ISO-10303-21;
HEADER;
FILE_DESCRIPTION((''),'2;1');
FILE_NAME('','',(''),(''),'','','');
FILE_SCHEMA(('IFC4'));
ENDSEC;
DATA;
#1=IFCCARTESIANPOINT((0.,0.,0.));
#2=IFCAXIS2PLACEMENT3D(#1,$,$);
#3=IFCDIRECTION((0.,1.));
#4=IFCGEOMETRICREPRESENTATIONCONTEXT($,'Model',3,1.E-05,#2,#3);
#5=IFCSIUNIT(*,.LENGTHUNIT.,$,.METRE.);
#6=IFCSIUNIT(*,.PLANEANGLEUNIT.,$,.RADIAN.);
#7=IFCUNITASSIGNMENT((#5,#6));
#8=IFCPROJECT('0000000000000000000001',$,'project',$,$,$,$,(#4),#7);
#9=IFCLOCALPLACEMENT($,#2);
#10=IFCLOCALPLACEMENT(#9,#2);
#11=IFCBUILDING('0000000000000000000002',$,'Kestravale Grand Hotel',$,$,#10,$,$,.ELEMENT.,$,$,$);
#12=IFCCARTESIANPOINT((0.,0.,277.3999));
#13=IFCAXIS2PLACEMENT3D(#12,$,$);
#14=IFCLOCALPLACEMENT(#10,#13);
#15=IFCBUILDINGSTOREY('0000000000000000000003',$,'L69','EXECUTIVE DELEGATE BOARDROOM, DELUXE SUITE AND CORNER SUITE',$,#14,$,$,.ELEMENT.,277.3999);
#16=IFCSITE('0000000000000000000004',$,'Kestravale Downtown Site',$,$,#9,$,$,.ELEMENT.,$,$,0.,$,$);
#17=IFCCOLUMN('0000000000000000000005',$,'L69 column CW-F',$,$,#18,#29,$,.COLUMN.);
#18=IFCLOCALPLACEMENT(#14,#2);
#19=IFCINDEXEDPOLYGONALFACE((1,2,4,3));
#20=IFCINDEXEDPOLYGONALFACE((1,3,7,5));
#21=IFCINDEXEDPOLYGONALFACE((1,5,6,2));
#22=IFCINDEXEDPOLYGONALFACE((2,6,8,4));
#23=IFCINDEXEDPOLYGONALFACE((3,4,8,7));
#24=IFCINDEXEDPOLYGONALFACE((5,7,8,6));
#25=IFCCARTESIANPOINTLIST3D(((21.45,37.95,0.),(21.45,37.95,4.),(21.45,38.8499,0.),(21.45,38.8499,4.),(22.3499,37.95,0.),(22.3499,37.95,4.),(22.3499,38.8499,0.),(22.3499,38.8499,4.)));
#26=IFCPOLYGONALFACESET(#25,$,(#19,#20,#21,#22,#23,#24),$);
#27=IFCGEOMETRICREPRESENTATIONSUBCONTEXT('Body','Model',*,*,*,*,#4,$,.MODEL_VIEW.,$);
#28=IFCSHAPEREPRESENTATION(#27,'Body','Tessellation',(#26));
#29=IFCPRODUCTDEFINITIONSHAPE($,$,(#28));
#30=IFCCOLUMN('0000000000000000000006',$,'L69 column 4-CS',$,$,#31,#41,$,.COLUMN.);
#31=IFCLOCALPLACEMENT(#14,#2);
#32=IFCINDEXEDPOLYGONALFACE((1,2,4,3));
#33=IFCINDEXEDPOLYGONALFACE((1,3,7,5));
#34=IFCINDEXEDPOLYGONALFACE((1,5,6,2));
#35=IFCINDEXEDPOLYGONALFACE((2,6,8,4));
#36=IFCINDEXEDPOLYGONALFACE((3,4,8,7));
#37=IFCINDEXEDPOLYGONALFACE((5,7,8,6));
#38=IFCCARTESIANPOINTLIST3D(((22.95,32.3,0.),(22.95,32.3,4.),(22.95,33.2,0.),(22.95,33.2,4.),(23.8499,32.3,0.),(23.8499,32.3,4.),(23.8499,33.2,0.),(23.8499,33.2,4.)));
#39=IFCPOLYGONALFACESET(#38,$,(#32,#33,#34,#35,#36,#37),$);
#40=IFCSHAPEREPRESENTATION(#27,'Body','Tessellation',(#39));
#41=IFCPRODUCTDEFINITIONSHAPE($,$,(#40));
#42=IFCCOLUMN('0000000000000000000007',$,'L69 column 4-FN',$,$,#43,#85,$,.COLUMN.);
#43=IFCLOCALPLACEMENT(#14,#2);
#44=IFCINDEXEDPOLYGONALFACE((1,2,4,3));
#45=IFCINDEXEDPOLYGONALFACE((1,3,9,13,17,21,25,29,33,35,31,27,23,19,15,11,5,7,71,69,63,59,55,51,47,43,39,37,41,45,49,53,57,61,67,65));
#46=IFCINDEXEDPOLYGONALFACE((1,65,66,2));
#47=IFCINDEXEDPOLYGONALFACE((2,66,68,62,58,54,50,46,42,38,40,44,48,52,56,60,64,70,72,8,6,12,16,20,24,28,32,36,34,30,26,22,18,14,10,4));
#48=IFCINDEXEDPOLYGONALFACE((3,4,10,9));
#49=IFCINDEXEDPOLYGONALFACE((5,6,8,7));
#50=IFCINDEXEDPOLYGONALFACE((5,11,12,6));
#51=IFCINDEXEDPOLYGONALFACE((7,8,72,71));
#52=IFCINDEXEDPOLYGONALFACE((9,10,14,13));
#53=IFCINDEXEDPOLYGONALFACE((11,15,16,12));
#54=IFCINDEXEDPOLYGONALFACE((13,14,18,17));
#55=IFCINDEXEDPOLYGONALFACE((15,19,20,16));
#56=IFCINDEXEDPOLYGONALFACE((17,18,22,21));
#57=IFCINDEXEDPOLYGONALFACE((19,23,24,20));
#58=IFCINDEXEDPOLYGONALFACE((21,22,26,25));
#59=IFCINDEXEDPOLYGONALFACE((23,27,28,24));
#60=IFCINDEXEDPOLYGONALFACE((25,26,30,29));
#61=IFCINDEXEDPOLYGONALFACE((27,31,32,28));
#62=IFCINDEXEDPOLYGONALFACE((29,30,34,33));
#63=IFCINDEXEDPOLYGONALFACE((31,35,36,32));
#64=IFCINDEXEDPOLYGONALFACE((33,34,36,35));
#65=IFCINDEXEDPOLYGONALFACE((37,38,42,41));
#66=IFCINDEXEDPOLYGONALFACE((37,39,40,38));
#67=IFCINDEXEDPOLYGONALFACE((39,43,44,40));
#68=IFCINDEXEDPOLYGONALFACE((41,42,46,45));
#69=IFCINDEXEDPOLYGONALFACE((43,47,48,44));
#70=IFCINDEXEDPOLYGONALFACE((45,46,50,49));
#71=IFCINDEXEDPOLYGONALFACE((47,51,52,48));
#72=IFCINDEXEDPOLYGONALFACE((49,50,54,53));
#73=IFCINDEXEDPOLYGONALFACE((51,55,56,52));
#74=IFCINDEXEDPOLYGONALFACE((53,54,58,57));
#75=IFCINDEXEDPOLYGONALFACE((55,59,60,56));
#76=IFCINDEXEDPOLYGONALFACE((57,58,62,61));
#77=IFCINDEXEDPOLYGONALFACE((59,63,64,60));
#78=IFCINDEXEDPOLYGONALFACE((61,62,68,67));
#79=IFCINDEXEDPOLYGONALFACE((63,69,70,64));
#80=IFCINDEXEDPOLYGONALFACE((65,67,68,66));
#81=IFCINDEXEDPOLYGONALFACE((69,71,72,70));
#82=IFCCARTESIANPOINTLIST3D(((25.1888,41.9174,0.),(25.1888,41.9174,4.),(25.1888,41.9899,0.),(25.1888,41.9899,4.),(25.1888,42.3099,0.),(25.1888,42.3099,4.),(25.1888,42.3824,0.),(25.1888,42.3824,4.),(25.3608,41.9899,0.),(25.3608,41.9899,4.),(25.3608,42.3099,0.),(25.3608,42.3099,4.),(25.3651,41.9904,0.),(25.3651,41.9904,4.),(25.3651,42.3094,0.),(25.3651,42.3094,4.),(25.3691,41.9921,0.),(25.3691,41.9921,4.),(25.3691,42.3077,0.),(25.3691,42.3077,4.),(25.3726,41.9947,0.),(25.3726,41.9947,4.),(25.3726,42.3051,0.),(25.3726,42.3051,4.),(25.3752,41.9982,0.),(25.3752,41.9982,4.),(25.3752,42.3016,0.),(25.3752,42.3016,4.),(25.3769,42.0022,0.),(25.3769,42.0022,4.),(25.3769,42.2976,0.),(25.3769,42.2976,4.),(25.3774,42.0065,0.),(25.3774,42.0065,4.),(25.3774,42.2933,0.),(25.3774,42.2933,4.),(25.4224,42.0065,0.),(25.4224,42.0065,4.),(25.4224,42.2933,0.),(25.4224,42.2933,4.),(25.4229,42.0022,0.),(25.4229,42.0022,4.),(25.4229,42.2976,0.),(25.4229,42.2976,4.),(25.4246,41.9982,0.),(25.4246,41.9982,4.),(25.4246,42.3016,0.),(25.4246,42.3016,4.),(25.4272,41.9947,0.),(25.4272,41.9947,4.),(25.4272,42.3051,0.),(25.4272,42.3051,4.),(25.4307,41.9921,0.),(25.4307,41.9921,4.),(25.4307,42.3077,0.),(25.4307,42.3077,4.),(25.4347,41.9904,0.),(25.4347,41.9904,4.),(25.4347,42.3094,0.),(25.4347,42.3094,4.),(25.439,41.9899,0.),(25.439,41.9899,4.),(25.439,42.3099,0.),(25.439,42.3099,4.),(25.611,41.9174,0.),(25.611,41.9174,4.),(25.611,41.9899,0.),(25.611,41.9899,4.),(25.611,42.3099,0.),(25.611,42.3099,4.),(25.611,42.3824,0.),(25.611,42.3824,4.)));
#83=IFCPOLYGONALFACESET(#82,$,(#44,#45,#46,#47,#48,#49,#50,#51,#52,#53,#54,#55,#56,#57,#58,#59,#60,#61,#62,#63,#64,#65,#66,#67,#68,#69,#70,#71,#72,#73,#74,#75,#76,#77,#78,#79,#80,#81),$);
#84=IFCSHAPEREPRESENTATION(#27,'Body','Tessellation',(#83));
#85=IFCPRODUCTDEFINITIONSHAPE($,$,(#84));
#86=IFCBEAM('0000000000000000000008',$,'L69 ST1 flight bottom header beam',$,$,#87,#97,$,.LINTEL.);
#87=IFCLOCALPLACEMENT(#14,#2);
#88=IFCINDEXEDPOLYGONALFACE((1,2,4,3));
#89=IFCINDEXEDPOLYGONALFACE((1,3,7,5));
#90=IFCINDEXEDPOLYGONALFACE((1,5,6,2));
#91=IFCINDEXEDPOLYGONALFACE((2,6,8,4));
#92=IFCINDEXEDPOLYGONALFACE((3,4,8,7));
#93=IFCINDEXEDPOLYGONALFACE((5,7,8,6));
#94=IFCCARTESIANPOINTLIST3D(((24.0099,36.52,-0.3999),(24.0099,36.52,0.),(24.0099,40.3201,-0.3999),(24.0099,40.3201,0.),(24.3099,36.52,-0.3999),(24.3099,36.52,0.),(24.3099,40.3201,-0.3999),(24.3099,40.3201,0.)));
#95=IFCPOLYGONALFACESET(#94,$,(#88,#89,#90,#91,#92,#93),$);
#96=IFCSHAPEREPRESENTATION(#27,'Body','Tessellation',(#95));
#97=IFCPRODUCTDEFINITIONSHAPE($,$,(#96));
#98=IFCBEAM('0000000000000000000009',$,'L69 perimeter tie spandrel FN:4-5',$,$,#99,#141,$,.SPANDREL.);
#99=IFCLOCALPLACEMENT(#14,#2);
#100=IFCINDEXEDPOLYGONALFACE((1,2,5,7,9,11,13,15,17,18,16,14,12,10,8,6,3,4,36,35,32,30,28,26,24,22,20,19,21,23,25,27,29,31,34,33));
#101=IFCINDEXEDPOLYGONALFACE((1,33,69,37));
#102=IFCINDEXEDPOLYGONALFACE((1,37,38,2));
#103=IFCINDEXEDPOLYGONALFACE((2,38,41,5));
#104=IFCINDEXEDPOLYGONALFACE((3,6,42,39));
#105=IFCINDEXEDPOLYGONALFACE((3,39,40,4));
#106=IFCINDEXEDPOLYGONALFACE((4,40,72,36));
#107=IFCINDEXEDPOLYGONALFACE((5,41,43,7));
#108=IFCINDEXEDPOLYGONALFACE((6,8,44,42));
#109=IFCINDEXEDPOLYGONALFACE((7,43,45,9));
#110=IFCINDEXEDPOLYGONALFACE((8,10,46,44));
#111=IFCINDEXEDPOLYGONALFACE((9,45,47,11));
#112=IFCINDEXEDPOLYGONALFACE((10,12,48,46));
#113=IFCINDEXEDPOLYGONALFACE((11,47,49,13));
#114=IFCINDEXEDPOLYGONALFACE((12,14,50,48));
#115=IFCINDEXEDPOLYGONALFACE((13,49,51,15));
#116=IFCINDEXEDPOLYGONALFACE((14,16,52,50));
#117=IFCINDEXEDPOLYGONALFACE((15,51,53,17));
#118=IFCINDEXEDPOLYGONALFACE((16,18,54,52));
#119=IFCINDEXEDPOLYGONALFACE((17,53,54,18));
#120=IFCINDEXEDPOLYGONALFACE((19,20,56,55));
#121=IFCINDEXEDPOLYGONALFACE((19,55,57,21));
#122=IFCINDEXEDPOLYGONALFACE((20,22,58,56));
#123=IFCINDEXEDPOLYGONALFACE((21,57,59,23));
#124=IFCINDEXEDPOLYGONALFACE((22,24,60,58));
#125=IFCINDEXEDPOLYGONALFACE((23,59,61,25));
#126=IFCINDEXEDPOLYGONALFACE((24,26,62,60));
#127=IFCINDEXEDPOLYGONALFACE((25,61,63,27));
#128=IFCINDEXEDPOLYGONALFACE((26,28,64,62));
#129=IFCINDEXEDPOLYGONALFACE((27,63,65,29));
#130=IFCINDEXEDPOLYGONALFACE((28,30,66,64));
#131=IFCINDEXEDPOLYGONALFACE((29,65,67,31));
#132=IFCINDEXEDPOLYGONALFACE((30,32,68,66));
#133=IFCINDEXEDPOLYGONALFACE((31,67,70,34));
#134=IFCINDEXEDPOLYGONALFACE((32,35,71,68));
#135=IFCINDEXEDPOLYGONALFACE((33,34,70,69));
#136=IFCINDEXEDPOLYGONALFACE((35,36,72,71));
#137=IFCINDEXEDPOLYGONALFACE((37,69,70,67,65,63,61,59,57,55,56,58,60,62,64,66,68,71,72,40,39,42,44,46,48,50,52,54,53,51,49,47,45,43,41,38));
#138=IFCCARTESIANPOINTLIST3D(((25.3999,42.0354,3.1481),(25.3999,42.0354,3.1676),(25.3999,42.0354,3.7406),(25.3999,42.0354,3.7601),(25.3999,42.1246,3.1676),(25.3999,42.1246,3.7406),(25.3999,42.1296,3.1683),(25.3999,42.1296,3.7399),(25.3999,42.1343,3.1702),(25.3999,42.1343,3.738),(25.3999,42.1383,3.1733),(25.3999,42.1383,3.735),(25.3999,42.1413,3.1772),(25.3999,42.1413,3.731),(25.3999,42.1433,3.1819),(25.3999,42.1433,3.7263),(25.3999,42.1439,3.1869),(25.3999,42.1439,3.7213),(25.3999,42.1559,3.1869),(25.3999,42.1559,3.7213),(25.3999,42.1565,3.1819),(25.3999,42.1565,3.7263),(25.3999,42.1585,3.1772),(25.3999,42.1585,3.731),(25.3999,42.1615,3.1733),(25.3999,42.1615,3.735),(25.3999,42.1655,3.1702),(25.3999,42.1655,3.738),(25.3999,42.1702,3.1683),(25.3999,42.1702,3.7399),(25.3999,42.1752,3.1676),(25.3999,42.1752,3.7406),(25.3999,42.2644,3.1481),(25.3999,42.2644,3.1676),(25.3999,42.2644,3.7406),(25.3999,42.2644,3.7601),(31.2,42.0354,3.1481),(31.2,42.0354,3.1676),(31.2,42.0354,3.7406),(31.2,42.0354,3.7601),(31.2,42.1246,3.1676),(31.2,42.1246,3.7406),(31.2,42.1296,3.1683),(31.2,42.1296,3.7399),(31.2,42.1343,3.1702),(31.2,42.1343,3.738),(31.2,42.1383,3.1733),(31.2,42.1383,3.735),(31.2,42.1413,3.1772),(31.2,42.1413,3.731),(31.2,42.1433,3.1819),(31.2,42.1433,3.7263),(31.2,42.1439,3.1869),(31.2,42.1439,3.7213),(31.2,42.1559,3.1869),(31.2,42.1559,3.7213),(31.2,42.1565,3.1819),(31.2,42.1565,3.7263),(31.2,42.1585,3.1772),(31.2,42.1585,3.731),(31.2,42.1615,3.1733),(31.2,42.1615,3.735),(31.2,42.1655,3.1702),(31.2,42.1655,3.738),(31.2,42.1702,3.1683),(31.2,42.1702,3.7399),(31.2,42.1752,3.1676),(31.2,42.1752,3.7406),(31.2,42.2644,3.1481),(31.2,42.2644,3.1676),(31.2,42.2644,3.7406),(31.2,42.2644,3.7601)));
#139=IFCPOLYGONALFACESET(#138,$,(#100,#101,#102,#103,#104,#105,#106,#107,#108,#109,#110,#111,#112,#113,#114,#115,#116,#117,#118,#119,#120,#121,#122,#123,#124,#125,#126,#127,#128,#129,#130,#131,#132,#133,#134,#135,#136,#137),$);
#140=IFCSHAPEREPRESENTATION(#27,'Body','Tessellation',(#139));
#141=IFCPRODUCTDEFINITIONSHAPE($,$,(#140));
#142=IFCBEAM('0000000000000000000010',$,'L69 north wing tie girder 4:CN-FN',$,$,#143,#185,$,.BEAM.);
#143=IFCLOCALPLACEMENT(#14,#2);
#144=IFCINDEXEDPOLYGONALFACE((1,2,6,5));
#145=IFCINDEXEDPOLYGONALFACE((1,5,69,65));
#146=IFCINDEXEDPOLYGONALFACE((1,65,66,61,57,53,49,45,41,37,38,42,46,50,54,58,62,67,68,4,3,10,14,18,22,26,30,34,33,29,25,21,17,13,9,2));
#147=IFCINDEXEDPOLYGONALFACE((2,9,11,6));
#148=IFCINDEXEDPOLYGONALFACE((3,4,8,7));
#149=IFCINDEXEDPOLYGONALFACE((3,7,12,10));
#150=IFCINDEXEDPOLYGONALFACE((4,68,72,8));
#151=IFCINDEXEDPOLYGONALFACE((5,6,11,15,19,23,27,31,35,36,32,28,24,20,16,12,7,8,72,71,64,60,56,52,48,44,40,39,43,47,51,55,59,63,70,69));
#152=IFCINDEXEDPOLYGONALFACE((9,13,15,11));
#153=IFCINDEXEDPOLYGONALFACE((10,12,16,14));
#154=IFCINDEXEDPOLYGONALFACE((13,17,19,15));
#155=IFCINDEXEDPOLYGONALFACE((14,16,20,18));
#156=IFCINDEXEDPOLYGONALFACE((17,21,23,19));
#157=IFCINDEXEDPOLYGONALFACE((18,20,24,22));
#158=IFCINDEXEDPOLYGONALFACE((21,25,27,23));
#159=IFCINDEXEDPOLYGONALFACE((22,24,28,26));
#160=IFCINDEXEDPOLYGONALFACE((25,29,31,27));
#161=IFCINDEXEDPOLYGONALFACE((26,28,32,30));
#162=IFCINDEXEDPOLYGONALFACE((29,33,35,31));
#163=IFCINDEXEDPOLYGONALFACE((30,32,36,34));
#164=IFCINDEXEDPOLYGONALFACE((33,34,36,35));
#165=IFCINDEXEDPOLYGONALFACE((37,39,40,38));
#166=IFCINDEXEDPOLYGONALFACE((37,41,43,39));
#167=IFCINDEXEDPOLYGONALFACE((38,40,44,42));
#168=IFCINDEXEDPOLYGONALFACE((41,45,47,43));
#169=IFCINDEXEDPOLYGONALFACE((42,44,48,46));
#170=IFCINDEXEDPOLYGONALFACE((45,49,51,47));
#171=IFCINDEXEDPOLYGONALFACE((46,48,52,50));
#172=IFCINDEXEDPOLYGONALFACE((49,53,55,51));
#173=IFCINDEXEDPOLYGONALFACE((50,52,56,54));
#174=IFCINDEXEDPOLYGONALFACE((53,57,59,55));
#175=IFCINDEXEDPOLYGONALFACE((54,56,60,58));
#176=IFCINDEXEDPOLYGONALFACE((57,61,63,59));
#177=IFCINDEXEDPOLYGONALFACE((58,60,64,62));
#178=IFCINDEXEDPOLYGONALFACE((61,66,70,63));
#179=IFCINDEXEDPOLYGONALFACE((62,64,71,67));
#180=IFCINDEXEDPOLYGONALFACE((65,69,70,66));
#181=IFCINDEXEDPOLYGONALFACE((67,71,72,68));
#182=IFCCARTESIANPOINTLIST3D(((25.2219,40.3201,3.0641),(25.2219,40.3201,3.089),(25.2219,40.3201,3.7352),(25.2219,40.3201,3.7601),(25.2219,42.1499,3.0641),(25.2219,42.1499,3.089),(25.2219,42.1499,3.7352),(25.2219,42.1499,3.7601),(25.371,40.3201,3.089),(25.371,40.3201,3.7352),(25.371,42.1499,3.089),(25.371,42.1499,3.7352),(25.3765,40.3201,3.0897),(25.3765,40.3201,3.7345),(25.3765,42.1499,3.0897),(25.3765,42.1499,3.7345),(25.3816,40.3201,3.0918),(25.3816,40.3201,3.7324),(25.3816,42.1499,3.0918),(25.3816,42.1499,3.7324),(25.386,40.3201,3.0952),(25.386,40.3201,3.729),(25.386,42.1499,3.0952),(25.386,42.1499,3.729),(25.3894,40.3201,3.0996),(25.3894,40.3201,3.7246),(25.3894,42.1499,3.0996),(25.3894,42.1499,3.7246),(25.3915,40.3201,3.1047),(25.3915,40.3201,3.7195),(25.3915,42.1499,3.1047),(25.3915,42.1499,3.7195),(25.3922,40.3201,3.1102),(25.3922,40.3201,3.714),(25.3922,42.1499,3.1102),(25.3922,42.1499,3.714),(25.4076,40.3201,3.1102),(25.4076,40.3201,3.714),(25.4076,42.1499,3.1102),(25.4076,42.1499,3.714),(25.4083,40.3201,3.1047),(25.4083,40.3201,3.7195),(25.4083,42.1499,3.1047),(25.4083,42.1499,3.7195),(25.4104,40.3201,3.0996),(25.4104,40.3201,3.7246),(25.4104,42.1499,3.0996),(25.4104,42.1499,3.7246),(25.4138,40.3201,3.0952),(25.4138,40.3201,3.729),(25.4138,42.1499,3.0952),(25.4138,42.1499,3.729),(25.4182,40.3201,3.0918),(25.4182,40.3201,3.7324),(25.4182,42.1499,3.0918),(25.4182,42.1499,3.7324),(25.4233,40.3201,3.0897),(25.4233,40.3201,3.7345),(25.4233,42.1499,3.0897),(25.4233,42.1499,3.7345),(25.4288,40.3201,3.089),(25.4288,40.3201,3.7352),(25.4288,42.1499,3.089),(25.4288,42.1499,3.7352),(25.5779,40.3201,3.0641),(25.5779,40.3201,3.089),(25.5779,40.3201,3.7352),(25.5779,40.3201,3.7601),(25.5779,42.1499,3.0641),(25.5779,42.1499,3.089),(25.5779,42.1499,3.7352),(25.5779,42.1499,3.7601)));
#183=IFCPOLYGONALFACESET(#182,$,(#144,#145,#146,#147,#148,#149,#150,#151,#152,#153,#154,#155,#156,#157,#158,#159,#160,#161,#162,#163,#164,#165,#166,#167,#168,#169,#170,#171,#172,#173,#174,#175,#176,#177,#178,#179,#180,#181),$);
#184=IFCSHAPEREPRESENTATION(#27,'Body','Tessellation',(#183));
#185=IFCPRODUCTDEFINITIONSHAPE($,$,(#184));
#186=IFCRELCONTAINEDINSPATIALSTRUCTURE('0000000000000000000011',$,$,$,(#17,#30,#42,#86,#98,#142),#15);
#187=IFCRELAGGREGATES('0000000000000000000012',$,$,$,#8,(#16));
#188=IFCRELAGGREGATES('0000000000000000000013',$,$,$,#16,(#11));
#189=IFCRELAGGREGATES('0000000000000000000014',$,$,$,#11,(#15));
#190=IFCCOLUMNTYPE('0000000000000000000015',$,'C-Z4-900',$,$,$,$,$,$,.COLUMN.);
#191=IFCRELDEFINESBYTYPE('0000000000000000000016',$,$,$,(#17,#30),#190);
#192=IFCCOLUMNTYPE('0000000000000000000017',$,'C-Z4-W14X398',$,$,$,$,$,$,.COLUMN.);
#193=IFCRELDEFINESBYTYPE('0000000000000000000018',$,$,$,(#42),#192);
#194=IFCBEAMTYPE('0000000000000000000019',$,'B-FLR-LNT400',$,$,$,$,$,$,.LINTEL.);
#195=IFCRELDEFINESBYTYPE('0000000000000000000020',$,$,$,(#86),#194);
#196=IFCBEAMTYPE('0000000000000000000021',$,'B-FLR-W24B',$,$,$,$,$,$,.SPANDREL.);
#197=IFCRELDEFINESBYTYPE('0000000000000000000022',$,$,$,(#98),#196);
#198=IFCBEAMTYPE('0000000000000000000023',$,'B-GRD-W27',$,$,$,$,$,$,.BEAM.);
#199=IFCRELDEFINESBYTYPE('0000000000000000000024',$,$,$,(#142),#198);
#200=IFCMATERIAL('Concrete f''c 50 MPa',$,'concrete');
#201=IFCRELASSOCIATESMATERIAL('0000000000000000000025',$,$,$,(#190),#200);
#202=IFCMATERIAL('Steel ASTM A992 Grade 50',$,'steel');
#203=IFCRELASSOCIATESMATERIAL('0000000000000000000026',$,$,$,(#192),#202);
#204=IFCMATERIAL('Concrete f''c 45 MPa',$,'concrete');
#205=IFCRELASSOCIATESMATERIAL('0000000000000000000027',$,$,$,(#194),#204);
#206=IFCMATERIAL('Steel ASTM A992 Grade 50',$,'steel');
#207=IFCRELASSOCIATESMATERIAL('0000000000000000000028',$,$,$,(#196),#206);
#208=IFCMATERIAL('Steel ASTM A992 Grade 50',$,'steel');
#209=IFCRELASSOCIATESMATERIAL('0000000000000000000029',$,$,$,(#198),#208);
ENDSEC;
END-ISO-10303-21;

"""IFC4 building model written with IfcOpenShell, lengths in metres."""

from ifc_helpers import new_model, si_unit, direction, frame, origin, origin_2d, place, context, subcontext, project, spatial, rectangle, i_section, extrude, material, material_profile, profile_set, type_object, element, save


model = new_model("IFC4")

# Units and contexts
model_context = context("Model", 3, precision=1e-05, world=origin(), true_north=direction((0.0, 1.0)))
body_context = subcontext(model_context, "Body", "Model", "MODEL_VIEW")
ifc_project = project(units=[si_unit("LENGTHUNIT", "METRE"), si_unit("PLANEANGLEUNIT", "RADIAN")], contexts=[model_context])

# Site, building, storey
site_placement = place(None, origin())
site = spatial("IfcSite", under=ifc_project, at=site_placement, Name="Kestravale Downtown Site", CompositionType="ELEMENT", RefElevation=0.0)
building_placement = place(site_placement, origin())
building = spatial("IfcBuilding", under=site, at=building_placement, Name="Kestravale Grand Hotel", CompositionType="ELEMENT")
storey_placement = place(building_placement, frame((0.0, 0.0, 277.3999)))
storey = spatial("IfcBuildingStorey", under=building, at=storey_placement, Name="L69", Description="EXECUTIVE DELEGATE BOARDROOM, DELUXE SUITE AND CORNER SUITE", CompositionType="ELEMENT", Elevation=277.3999)

# Columns
ifc_material_1 = material(Name="Concrete f'c 50 MPa", Category="concrete")
ifc_material_profile_1 = material_profile(ifc_material_1, rectangle(XDim=0.8999, YDim=0.8999, at=origin_2d()))
ifc_profile_set_1 = profile_set([ifc_material_profile_1], Name="Concrete f'c 50 MPa")
column_type_1 = type_object("IfcColumnType", Name="C-Z4-900", PredefinedType="COLUMN", material=ifc_profile_set_1)
for number, where, z_axis, x_axis, name in (
    (1, (21.8999, 38.3999, 0.0), (0.0, 0.0, 1.0), (1.0, 0.0, 0.0), "L69 column CW-F"),
    (2, (23.3999, 32.75, 0.0), (0.0, 0.0, 1.0), (1.0, 0.0, 0.0), "L69 column 4-CS"),
):
    element("IfcColumn", number, at=place(storey_placement, frame(where, z_axis=z_axis, x_axis=x_axis)), inside=storey, type_object=column_type_1, Name=name, PredefinedType="COLUMN", context=body_context, shape_type="SweptSolid", body=[
        extrude(rectangle(XDim=0.8999, YDim=0.8999, at=origin_2d()), origin(), (0.0, 0.0, 1.0), 4.0),
    ])
ifc_material_2 = material(Name="Steel ASTM A992 Grade 50", Category="steel")
ifc_material_profile_2 = material_profile(ifc_material_2, i_section(OverallWidth=0.4221, OverallDepth=0.4651, WebThickness=0.0449, FlangeThickness=0.0725, FilletRadius=0.0166, at=origin_2d()))
ifc_profile_set_2 = profile_set([ifc_material_profile_2], Name="Steel ASTM A992 Grade 50")
column_type_2 = type_object("IfcColumnType", Name="C-Z4-W14X398", PredefinedType="COLUMN", material=ifc_profile_set_2)
column_placement = place(storey_placement, frame((25.3999, 42.1499, 0.0), z_axis=(0.0, 0.0, 1.0), x_axis=(1.0, 0.0, 0.0)))
element("IfcColumn", 3, at=column_placement, inside=storey, type_object=column_type_2, Name="L69 column 4-FN", PredefinedType="COLUMN", context=body_context, shape_type="SweptSolid", body=[
    extrude(i_section(OverallWidth=0.4221, OverallDepth=0.4651, WebThickness=0.0449, FlangeThickness=0.0725, FilletRadius=0.0166, at=origin_2d()), origin(), (0.0, 0.0, 1.0), 4.0),
])

# Beams
ifc_material_3 = material(Name="Concrete f'c 45 MPa", Category="concrete")
ifc_material_profile_3 = material_profile(ifc_material_3, rectangle(XDim=0.3, YDim=0.3999, at=origin_2d()))
ifc_profile_set_3 = profile_set([ifc_material_profile_3], Name="Concrete f'c 45 MPa")
beam_type_1 = type_object("IfcBeamType", Name="B-FLR-LNT400", PredefinedType="LINTEL", material=ifc_profile_set_3)
beam_1_placement = place(storey_placement, frame((24.1599, 36.52, -0.2), z_axis=(0.0, 1.0, 0.0), x_axis=(-1.0, 0.0, 0.0)))
element("IfcBeam", 4, at=beam_1_placement, inside=storey, type_object=beam_type_1, Name="L69 ST1 flight bottom header beam", PredefinedType="LINTEL", context=body_context, shape_type="SweptSolid", body=[
    extrude(rectangle(XDim=0.3, YDim=0.3999, at=origin_2d()), origin(), (0.0, 0.0, 1.0), 3.8),
])
ifc_material_4 = material(Name="Steel ASTM A992 Grade 50", Category="steel")
ifc_material_profile_4 = material_profile(ifc_material_4, i_section(OverallWidth=0.229, OverallDepth=0.6121, WebThickness=0.012, FlangeThickness=0.0195, FilletRadius=0.0193, at=origin_2d()))
ifc_profile_set_4 = profile_set([ifc_material_profile_4], Name="Steel ASTM A992 Grade 50")
beam_type_2 = type_object("IfcBeamType", Name="B-FLR-W24B", PredefinedType="SPANDREL", material=ifc_profile_set_4)
beam_2_placement = place(storey_placement, frame((25.3999, 42.1499, 3.4541), z_axis=(1.0, 0.0, 0.0), x_axis=(0.0, 1.0, 0.0)))
element("IfcBeam", 5, at=beam_2_placement, inside=storey, type_object=beam_type_2, Name="L69 perimeter tie spandrel FN:4-5", PredefinedType="SPANDREL", context=body_context, shape_type="SweptSolid", body=[
    extrude(i_section(OverallWidth=0.229, OverallDepth=0.6121, WebThickness=0.012, FlangeThickness=0.0195, FilletRadius=0.0193, at=origin_2d()), origin(), (0.0, 0.0, 1.0), 5.8),
])
ifc_material_5 = material(Name="Steel ASTM A992 Grade 50", Category="steel")
ifc_material_profile_5 = material_profile(ifc_material_5, i_section(OverallWidth=0.356, OverallDepth=0.696, WebThickness=0.0154, FlangeThickness=0.0249, FilletRadius=0.0212, at=origin_2d()))
ifc_profile_set_5 = profile_set([ifc_material_profile_5], Name="Steel ASTM A992 Grade 50")
beam_type_3 = type_object("IfcBeamType", Name="B-GRD-W27", PredefinedType="BEAM", material=ifc_profile_set_5)
beam_3_placement = place(storey_placement, frame((25.3999, 40.3201, 3.4121), z_axis=(0.0, 1.0, 0.0), x_axis=(-1.0, 0.0, 0.0)))
element("IfcBeam", 6, at=beam_3_placement, inside=storey, type_object=beam_type_3, Name="L69 north wing tie girder 4:CN-FN", PredefinedType="BEAM", context=body_context, shape_type="SweptSolid", body=[
    extrude(i_section(OverallWidth=0.356, OverallDepth=0.696, WebThickness=0.0154, FlangeThickness=0.0249, FilletRadius=0.0212, at=origin_2d()), origin(), (0.0, 0.0, 1.0), 1.8298),
])

save(model, "model.ifc")
